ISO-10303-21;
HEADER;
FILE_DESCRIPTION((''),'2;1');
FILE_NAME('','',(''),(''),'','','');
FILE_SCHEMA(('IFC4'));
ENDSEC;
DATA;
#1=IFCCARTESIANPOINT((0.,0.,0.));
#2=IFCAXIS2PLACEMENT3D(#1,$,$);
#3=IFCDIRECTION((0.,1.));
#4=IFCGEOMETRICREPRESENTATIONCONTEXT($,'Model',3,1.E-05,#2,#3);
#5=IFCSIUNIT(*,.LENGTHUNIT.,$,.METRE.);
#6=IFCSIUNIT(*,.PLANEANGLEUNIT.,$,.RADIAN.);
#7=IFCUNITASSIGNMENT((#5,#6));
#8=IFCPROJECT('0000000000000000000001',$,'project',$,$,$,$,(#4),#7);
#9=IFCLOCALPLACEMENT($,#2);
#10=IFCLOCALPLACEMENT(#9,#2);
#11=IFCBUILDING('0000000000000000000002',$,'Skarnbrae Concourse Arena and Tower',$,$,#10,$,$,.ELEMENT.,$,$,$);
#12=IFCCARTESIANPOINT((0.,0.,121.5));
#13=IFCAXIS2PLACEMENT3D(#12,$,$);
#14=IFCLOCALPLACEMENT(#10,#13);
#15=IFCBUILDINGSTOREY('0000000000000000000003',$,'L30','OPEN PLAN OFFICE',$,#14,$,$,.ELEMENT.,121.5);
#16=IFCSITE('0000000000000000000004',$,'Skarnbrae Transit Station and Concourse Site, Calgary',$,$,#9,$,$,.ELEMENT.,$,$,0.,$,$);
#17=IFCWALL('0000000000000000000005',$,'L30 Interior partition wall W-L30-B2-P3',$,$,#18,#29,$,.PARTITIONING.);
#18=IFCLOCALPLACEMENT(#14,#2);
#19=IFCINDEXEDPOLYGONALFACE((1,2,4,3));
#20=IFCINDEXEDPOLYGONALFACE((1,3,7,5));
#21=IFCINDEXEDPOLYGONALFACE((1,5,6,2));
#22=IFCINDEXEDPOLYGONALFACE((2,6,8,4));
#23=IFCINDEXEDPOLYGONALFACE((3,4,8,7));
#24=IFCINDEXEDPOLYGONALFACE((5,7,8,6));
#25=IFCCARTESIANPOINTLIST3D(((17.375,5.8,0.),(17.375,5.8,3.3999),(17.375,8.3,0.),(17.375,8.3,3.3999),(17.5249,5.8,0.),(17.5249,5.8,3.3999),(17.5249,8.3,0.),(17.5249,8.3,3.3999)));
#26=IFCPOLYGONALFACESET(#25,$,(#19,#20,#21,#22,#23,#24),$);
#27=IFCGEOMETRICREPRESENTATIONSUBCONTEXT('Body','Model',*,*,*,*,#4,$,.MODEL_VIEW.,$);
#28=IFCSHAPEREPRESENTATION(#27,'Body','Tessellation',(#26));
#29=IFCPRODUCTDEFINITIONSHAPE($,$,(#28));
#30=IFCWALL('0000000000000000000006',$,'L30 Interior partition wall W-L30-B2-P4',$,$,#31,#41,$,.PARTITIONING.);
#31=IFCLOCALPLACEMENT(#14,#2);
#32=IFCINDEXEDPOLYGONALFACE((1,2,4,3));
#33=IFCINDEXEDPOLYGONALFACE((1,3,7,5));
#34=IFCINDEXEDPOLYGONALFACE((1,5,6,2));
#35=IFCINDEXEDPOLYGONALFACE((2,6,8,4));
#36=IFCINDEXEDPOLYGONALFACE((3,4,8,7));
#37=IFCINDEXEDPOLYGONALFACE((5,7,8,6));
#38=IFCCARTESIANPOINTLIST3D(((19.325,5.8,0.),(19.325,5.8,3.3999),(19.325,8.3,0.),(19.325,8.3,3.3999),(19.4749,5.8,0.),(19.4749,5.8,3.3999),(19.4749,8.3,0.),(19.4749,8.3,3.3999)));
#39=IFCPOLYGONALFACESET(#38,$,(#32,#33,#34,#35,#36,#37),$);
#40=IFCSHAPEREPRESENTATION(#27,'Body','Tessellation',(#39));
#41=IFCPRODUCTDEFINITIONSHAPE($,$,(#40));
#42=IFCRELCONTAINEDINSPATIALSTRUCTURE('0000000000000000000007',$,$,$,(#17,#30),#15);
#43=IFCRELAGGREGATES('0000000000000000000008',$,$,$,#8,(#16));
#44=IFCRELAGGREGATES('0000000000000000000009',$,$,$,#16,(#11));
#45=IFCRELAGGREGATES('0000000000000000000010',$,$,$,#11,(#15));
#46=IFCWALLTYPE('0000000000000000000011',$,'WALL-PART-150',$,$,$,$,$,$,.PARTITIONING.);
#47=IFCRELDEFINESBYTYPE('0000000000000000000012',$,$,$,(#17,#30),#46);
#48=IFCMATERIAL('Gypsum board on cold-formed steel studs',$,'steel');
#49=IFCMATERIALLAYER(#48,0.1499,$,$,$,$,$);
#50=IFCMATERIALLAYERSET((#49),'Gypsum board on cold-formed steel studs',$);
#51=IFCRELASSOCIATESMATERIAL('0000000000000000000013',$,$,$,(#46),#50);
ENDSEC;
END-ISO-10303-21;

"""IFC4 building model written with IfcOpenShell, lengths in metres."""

from ifc_helpers import new_model, si_unit, direction, frame, frame_2d, origin, place, context, subcontext, project, spatial, rectangle, extrude, source, transform, mapped, material, layer, layer_set, type_object, element, save


model = new_model("IFC4")

# Units and contexts
model_context = context("Model", 3, precision=1e-05, world=origin(), true_north=direction((0.0, 1.0)))
body_context = subcontext(model_context, "Body", "Model", "MODEL_VIEW")
ifc_project = project(units=[si_unit("LENGTHUNIT", "METRE"), si_unit("PLANEANGLEUNIT", "RADIAN")], contexts=[model_context])

# Site, building, storey
site_placement = place(None, origin())
site = spatial("IfcSite", under=ifc_project, at=site_placement, Name="Skarnbrae Transit Station and Concourse Site, Calgary", CompositionType="ELEMENT", RefElevation=0.0)
building_placement = place(site_placement, origin())
building = spatial("IfcBuilding", under=site, at=building_placement, Name="Skarnbrae Concourse Arena and Tower", CompositionType="ELEMENT")
storey_placement = place(building_placement, frame((0.0, 0.0, 121.5)))
storey = spatial("IfcBuildingStorey", under=building, at=storey_placement, Name="L30", Description="OPEN PLAN OFFICE", CompositionType="ELEMENT", Elevation=121.5)

# Shared definitions
ifc_material_1 = material(Name="Gypsum board on cold-formed steel studs", Category="steel")

# Walls
ifc_layer_1 = layer(ifc_material_1, 0.1499)
ifc_layer_set_1 = layer_set([ifc_layer_1], Name="Gypsum board on cold-formed steel studs")
wall_type_1 = type_object("IfcWallType", Name="WALL-PART-150", PredefinedType="PARTITIONING", material=ifc_layer_set_1)
shared_shape_1 = source(origin(), body_context, "Body", "SweptSolid", [
    extrude(rectangle(XDim=2.5, YDim=0.1499, at=frame_2d((1.25, 0.0))), origin(), (0.0, 0.0, 1.0), 3.3999),
])
for number, where, z_axis, x_axis, name in (
    (1, (17.45, 5.8, 0.0), (0.0, 0.0, 1.0), (0.0, 1.0, 0.0), "L30 Interior partition wall W-L30-B2-P3"),
    (2, (19.3999, 5.8, 0.0), (0.0, 0.0, 1.0), (0.0, 1.0, 0.0), "L30 Interior partition wall W-L30-B2-P4"),
):
    element("IfcWall", number, at=place(storey_placement, frame(where, z_axis=z_axis, x_axis=x_axis)), inside=storey, type_object=wall_type_1, Name=name, PredefinedType="PARTITIONING", context=body_context, shape_type="MappedRepresentation", body=[
        mapped(shared_shape_1, transform((0.0, 0.0, 0.0))),
    ])

save(model, "model.ifc")
